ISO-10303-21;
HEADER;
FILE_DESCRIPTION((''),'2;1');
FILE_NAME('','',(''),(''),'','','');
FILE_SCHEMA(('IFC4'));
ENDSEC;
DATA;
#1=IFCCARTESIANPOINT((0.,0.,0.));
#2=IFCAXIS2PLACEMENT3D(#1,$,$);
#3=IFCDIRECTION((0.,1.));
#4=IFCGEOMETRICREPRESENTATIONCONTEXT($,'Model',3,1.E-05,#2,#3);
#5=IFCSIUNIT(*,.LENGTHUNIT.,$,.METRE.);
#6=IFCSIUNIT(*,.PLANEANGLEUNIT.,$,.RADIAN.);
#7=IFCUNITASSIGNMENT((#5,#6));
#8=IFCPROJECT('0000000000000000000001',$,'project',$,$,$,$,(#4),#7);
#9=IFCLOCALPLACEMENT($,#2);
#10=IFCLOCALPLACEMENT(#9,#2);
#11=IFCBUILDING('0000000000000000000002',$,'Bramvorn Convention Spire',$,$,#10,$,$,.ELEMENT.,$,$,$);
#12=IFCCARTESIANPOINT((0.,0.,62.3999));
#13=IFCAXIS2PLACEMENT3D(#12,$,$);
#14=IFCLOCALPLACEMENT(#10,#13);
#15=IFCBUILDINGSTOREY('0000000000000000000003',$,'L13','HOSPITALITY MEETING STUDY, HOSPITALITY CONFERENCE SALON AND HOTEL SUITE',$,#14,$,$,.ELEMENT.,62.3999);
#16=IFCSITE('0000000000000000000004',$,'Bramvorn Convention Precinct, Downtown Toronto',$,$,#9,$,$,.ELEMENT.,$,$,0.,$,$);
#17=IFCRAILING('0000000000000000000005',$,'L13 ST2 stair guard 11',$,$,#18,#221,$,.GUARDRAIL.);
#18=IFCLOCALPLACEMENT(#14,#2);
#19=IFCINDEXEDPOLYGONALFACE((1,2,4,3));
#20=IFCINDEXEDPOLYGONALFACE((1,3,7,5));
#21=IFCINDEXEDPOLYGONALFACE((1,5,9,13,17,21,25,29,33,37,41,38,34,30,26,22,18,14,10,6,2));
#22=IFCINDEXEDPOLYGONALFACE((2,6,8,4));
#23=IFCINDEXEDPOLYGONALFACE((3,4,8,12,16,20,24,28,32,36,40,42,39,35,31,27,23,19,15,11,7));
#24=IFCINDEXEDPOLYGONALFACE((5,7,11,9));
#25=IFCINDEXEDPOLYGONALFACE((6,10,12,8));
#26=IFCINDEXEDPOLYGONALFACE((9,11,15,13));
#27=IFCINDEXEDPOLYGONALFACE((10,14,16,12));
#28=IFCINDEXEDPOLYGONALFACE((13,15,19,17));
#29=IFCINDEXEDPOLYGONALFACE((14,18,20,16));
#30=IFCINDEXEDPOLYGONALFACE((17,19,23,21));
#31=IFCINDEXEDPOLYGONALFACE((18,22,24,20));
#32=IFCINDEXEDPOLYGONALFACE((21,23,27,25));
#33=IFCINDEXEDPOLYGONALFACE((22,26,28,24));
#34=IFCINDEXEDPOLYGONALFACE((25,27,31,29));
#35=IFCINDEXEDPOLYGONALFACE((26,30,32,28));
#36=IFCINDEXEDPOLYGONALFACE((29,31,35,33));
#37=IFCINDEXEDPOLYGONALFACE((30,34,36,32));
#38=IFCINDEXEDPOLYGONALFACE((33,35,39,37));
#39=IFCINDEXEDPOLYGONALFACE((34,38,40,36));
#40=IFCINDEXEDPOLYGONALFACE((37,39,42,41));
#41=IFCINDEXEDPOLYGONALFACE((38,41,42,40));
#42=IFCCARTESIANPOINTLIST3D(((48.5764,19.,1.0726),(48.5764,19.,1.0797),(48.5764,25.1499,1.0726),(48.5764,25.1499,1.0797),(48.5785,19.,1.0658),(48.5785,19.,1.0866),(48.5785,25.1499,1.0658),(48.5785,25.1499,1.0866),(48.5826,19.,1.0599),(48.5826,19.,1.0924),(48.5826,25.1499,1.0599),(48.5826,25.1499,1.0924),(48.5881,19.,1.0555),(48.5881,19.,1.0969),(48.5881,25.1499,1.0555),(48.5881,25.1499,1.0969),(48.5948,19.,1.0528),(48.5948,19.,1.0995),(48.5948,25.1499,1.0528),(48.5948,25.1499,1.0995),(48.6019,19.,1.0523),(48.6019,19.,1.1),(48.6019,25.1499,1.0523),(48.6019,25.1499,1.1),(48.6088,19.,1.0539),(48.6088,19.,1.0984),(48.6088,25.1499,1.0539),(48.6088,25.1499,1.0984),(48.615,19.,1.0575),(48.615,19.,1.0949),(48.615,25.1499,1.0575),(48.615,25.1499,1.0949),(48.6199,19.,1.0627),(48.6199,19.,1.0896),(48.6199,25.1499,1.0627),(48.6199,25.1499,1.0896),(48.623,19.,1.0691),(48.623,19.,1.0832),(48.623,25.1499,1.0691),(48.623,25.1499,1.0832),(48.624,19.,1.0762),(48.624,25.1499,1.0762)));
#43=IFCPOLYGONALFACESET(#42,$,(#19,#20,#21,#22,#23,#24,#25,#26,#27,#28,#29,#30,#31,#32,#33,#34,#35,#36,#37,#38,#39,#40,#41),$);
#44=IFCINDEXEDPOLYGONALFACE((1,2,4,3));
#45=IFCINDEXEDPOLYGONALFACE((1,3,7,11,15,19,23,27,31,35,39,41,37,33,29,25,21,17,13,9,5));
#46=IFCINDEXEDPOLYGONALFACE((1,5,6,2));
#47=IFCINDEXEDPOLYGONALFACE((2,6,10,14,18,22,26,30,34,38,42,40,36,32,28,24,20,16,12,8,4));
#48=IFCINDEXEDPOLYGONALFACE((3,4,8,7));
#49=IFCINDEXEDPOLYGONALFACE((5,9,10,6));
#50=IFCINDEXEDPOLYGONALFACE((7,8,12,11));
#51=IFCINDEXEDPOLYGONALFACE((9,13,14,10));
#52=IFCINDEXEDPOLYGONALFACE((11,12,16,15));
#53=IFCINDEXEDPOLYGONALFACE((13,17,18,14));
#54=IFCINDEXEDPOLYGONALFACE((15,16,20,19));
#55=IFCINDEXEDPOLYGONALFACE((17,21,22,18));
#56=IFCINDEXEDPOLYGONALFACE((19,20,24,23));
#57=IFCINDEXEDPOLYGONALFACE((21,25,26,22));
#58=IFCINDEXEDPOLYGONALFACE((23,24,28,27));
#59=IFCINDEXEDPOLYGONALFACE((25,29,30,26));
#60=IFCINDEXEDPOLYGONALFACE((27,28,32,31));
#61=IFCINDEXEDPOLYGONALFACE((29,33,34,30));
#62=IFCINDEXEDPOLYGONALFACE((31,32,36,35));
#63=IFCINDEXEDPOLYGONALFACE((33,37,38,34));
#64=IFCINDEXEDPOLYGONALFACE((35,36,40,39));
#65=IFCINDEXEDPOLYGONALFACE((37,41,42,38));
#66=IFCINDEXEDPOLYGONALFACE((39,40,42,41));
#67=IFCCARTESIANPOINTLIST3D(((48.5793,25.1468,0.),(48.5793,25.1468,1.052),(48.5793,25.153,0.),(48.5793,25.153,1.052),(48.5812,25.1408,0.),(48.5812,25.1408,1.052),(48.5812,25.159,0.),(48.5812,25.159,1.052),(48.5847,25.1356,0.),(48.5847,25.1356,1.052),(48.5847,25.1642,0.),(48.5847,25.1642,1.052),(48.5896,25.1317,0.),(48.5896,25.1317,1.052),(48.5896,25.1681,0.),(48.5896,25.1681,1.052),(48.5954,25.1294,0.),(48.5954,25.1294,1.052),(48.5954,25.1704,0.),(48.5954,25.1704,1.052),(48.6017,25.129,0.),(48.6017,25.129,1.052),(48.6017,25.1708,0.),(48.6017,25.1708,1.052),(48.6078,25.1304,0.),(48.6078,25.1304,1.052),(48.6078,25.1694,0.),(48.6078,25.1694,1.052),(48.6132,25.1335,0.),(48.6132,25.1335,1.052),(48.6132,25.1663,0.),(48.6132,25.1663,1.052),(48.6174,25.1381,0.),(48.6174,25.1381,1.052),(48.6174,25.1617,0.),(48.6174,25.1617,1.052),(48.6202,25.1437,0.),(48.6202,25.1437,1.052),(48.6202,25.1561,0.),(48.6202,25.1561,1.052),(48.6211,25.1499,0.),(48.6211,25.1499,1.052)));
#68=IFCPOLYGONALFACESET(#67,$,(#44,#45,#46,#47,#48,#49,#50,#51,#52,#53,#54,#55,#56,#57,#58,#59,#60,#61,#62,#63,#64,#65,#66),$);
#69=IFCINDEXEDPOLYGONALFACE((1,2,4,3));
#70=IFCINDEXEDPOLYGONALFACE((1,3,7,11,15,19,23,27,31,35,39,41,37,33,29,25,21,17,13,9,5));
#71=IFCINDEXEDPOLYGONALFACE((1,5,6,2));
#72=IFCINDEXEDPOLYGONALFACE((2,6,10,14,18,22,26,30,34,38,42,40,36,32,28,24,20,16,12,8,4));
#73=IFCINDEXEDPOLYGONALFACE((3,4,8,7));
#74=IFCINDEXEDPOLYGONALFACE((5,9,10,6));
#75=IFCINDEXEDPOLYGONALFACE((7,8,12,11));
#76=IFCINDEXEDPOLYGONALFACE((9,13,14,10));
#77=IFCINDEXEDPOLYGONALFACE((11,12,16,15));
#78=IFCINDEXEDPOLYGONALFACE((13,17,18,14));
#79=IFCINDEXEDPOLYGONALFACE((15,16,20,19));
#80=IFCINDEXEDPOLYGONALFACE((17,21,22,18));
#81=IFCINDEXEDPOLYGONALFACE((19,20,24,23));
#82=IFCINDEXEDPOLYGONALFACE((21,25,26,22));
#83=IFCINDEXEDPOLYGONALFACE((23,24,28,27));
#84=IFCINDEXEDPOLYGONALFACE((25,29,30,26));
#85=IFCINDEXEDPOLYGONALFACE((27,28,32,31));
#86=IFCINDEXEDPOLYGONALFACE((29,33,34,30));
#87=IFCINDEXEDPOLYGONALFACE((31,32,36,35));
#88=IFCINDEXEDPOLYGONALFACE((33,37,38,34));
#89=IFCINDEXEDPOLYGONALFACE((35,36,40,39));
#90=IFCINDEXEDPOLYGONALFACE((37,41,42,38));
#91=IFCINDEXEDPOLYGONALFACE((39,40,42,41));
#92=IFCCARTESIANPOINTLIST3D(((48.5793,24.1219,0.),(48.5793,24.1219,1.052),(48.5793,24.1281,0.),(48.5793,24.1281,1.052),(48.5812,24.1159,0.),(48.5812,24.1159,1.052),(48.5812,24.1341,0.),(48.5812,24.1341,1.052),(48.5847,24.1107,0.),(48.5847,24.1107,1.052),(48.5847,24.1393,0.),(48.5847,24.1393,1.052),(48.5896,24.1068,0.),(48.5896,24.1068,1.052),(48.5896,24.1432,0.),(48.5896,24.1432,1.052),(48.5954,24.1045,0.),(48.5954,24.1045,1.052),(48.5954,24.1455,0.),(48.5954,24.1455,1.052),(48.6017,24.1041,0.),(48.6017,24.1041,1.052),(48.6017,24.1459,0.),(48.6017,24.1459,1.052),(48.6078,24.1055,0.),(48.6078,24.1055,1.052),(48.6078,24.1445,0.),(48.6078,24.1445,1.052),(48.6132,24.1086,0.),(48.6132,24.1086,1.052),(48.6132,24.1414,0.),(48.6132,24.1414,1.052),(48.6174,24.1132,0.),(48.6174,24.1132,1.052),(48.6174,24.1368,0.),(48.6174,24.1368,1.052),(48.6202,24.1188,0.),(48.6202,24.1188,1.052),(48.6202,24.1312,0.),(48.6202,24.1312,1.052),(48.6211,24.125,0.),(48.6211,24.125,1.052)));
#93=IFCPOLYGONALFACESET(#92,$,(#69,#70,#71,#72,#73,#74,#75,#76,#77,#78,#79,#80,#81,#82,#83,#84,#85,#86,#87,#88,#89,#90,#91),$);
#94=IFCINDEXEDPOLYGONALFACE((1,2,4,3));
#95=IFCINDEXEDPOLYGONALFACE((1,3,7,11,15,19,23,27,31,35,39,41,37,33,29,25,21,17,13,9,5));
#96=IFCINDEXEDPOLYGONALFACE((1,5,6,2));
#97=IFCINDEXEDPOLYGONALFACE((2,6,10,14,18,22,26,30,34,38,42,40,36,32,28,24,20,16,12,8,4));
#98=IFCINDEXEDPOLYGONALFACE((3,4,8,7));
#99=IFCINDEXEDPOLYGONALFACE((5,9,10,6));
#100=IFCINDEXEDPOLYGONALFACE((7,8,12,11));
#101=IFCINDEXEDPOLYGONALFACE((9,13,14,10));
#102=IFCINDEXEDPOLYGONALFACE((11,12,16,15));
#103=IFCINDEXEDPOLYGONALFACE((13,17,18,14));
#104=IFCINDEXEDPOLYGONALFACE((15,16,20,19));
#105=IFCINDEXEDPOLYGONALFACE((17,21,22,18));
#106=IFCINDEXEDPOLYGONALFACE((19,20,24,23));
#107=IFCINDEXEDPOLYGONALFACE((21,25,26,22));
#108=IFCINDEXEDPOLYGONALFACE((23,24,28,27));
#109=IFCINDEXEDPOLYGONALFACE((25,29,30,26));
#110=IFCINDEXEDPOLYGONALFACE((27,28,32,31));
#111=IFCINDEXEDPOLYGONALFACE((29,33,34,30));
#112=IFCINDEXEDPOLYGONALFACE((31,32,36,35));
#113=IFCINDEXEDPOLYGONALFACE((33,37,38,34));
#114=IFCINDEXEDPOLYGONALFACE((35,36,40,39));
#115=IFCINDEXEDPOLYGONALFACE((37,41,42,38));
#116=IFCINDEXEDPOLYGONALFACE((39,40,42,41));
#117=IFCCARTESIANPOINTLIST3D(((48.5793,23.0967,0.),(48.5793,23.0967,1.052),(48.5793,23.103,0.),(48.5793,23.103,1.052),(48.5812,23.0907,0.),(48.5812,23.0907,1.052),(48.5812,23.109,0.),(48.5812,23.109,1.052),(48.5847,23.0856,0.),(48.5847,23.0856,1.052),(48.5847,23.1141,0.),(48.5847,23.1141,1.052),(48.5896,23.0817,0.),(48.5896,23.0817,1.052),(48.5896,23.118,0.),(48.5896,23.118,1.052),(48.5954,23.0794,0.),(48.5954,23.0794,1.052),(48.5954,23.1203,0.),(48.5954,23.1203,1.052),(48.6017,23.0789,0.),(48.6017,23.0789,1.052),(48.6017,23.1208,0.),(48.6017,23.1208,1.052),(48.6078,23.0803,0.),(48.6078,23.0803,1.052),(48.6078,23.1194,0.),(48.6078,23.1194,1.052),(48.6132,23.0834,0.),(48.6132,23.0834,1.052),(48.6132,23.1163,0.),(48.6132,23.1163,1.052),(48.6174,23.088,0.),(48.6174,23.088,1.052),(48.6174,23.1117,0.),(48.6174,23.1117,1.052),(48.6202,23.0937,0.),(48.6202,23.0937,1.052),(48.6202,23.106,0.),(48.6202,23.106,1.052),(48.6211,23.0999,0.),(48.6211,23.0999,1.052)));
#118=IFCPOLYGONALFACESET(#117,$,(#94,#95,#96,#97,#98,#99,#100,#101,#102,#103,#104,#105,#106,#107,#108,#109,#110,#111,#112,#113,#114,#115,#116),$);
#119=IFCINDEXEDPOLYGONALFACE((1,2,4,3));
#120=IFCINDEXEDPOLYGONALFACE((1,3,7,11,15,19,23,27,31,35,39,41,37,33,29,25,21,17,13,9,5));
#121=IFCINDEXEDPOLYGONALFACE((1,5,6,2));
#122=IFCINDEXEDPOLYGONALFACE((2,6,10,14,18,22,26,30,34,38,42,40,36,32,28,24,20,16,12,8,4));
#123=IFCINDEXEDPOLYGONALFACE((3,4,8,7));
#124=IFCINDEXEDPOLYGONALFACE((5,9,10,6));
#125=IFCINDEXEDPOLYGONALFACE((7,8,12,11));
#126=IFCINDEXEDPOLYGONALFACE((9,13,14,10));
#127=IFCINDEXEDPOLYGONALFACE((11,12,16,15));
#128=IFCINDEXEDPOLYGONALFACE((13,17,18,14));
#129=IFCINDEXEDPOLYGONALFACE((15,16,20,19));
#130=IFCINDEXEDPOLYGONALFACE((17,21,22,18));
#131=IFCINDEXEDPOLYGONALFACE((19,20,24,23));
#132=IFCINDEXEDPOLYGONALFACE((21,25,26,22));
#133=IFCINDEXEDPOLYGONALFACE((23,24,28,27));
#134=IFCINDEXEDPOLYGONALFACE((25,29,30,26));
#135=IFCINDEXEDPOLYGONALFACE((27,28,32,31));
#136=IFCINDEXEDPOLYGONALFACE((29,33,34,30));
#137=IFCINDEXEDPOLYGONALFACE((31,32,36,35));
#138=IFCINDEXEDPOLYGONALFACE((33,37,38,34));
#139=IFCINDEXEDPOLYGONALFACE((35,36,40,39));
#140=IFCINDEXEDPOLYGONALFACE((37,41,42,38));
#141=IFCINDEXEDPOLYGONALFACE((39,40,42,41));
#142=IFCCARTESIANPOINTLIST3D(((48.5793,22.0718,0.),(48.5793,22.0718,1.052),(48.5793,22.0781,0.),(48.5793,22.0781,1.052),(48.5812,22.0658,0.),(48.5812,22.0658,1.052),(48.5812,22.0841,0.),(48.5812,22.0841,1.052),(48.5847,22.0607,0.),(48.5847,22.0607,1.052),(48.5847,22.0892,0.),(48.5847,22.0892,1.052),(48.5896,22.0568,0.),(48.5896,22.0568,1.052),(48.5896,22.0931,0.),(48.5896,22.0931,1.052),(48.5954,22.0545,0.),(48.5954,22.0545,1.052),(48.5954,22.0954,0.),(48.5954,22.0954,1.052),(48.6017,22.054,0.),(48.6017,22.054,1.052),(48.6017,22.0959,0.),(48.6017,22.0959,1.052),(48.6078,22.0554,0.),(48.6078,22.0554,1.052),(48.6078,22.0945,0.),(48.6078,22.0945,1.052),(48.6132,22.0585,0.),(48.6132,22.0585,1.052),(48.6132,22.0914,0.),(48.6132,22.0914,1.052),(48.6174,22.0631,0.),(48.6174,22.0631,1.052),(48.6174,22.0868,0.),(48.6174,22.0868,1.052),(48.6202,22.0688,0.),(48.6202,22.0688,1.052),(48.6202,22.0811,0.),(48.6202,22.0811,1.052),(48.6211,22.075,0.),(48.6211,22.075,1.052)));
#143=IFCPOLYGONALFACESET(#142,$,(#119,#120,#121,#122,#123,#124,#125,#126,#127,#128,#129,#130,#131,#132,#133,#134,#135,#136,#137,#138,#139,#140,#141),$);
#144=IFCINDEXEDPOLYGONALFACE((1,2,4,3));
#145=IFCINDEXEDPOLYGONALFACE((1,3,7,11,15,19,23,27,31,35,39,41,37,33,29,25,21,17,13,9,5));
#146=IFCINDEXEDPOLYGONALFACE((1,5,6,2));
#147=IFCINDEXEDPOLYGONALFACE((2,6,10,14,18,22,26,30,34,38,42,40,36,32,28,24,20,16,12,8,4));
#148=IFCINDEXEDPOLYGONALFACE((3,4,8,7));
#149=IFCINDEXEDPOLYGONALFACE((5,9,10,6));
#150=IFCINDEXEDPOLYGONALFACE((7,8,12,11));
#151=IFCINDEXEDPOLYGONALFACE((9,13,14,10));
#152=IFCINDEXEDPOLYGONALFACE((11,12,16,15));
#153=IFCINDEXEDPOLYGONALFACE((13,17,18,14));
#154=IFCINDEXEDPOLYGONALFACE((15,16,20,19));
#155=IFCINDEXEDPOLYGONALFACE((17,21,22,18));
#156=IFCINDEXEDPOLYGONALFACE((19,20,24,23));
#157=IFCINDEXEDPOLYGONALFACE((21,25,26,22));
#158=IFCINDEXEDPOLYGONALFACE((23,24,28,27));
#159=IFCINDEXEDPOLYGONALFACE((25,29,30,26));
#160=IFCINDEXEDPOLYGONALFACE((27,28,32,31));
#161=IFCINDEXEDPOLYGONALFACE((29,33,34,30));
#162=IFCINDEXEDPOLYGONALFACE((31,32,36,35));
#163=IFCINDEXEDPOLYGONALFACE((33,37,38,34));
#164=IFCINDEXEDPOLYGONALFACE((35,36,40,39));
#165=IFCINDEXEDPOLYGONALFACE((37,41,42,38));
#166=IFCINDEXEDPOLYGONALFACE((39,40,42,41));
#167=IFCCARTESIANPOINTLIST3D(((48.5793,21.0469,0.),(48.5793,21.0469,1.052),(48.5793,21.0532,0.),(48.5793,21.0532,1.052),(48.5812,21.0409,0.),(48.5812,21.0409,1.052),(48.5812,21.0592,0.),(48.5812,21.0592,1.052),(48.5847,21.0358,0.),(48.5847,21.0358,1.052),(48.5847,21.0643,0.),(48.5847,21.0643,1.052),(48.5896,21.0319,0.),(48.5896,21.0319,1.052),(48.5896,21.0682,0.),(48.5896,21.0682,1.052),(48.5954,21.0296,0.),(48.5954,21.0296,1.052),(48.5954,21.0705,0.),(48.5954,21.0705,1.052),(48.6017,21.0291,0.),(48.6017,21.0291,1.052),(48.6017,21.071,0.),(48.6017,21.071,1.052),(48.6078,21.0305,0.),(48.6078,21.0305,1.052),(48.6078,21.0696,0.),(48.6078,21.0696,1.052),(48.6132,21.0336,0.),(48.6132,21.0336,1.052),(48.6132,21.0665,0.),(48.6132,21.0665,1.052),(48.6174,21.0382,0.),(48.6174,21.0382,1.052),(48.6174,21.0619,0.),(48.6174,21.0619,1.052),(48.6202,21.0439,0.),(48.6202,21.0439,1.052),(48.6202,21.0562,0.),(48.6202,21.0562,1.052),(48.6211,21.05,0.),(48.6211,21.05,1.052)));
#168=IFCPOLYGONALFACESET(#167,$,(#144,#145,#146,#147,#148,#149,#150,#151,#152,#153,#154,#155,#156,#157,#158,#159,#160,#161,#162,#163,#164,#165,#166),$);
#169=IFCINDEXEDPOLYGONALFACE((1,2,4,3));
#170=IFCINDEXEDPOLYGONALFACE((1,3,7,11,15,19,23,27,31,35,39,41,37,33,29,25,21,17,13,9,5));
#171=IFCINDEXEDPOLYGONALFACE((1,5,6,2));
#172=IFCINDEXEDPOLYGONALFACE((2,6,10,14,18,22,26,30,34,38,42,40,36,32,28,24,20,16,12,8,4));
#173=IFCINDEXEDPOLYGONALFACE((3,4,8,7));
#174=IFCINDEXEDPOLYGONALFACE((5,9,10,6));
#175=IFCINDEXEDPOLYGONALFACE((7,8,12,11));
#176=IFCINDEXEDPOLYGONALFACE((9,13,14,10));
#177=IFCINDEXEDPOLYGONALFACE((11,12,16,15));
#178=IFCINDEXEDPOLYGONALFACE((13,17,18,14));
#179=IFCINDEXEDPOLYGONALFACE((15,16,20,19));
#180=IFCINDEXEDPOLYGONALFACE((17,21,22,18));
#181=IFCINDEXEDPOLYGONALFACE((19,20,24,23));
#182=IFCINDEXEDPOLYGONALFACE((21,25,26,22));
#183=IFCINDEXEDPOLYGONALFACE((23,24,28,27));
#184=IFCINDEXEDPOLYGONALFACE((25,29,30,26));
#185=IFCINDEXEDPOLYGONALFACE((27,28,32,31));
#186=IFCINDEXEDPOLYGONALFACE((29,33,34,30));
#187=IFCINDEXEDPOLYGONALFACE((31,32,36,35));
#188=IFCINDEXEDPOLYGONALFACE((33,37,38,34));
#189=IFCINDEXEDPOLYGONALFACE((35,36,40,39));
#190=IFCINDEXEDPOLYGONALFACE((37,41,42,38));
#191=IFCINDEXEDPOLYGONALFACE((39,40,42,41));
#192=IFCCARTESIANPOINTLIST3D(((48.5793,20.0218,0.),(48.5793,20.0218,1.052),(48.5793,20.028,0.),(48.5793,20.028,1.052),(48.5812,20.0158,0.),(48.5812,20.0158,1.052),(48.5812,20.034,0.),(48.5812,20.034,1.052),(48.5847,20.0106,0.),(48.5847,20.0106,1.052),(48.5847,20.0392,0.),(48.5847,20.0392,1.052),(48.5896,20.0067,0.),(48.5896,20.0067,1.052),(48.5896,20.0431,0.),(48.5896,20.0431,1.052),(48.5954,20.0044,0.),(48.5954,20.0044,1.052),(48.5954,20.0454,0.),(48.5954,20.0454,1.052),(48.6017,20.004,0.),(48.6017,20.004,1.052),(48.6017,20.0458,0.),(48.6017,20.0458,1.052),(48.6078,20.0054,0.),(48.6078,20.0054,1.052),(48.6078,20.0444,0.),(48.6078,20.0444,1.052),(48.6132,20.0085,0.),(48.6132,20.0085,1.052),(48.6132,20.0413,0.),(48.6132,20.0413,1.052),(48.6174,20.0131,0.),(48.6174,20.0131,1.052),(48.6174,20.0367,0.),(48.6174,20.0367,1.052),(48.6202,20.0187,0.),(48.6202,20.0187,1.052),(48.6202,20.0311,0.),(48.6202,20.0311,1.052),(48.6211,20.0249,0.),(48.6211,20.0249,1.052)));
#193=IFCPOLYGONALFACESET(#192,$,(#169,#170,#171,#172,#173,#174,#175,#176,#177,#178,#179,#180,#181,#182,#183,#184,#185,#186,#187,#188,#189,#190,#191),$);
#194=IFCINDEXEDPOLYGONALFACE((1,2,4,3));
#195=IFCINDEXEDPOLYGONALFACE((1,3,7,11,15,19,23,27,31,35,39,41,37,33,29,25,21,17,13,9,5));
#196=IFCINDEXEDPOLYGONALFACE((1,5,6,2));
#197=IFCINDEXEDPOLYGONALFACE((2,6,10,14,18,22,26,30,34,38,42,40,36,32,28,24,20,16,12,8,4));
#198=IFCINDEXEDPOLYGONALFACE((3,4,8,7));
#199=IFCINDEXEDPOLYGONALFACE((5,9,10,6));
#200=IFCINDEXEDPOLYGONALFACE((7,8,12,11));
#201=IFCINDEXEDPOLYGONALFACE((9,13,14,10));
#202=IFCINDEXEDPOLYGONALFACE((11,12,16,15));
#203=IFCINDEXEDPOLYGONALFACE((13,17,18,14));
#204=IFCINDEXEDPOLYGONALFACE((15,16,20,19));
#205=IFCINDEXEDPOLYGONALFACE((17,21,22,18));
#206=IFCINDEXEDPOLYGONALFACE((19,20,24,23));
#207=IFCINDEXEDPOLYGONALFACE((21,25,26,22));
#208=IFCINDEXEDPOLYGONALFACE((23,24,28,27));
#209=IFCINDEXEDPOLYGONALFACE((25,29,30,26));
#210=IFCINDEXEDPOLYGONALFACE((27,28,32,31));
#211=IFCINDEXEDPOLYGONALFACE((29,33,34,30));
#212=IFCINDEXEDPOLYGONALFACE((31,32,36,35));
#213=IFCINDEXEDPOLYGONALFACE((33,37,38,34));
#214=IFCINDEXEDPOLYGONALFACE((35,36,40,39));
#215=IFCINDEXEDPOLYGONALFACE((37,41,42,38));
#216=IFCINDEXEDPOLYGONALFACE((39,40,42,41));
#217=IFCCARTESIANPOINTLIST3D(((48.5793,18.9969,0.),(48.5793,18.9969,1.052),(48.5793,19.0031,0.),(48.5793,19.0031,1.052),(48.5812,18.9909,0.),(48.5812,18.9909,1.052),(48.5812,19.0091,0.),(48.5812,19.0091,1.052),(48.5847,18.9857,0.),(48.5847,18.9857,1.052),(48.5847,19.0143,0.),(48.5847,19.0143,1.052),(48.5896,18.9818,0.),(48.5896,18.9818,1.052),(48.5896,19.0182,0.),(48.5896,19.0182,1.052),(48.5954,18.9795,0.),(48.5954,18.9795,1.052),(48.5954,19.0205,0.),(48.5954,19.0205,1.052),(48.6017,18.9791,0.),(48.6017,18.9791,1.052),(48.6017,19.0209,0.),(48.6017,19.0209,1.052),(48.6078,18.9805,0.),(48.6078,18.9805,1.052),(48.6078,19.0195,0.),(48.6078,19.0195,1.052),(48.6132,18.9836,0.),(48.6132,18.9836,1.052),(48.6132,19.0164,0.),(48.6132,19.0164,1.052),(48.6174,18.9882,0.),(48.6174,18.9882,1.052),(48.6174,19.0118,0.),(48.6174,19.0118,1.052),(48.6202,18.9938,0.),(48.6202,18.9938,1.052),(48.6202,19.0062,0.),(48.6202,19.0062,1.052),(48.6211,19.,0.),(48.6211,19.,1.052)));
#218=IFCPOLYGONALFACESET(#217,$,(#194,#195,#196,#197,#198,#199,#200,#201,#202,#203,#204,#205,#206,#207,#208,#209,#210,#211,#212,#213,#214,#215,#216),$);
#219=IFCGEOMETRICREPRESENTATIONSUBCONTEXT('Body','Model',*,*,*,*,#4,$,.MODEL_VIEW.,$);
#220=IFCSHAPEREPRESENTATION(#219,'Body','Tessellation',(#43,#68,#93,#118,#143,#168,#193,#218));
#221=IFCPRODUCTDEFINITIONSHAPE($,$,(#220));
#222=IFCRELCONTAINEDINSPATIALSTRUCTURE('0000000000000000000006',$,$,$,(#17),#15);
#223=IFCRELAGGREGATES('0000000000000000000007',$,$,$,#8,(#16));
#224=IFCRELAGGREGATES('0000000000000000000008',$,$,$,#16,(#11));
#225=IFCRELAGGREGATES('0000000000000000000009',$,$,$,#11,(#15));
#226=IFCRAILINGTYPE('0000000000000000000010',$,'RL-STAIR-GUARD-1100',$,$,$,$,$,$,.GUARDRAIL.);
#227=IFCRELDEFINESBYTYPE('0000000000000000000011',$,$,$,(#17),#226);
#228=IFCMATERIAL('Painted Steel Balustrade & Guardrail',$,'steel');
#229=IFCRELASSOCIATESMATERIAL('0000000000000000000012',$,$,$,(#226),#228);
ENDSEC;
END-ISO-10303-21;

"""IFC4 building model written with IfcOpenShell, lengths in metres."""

from ifc_helpers import new_model, si_unit, direction, frame, origin, origin_2d, place, context, subcontext, project, spatial, circle, extrude, material, type_object, element, save


model = new_model("IFC4")

# Units and contexts
model_context = context("Model", 3, precision=1e-05, world=origin(), true_north=direction((0.0, 1.0)))
body_context = subcontext(model_context, "Body", "Model", "MODEL_VIEW")
ifc_project = project(units=[si_unit("LENGTHUNIT", "METRE"), si_unit("PLANEANGLEUNIT", "RADIAN")], contexts=[model_context])

# Site, building, storey
site_placement = place(None, origin())
site = spatial("IfcSite", under=ifc_project, at=site_placement, Name="Bramvorn Convention Precinct, Downtown Toronto", CompositionType="ELEMENT", RefElevation=0.0)
building_placement = place(site_placement, origin())
building = spatial("IfcBuilding", under=site, at=building_placement, Name="Bramvorn Convention Spire", CompositionType="ELEMENT")
storey_placement = place(building_placement, frame((0.0, 0.0, 62.3999)))
storey = spatial("IfcBuildingStorey", under=building, at=storey_placement, Name="L13", Description="HOSPITALITY MEETING STUDY, HOSPITALITY CONFERENCE SALON AND HOTEL SUITE", CompositionType="ELEMENT", Elevation=62.3999)

# Railing
ifc_material_1 = material(Name="Painted Steel Balustrade & Guardrail", Category="steel")
railing_type = type_object("IfcRailingType", Name="RL-STAIR-GUARD-1100", PredefinedType="GUARDRAIL", material=ifc_material_1)
railing_1_placement = place(storey_placement, frame((48.6001, 25.1499, 0.0)))
element("IfcRailing", 1, at=railing_1_placement, inside=storey, type_object=railing_type, Name="L13 ST2 stair guard 11", PredefinedType="GUARDRAIL", context=body_context, shape_type="SweptSolid", body=[
    extrude(circle(Radius=0.0239, at=origin_2d()), frame((0.0, 0.0, 1.0762), z_axis=(0.0, -1.0, 0.0), x_axis=(1.0, 0.0, 0.0)), (0.0, 0.0, 1.0), 6.1499),
    extrude(circle(Radius=0.021, at=origin_2d()), origin(), (0.0, 0.0, 1.0), 1.052),
    extrude(circle(Radius=0.021, at=origin_2d()), frame((0.0, -1.0249, 0.0)), (0.0, 0.0, 1.0), 1.052),
    extrude(circle(Radius=0.021, at=origin_2d()), frame((0.0, -2.05, 0.0)), (0.0, 0.0, 1.0), 1.052),
    extrude(circle(Radius=0.021, at=origin_2d()), frame((0.0, -3.075, 0.0)), (0.0, 0.0, 1.0), 1.052),
    extrude(circle(Radius=0.021, at=origin_2d()), frame((0.0, -4.0999, 0.0)), (0.0, 0.0, 1.0), 1.052),
    extrude(circle(Radius=0.021, at=origin_2d()), frame((0.0, -5.125, 0.0)), (0.0, 0.0, 1.0), 1.052),
    extrude(circle(Radius=0.021, at=origin_2d()), frame((0.0, -6.1499, 0.0)), (0.0, 0.0, 1.0), 1.052),
])

save(model, "model.ifc")
